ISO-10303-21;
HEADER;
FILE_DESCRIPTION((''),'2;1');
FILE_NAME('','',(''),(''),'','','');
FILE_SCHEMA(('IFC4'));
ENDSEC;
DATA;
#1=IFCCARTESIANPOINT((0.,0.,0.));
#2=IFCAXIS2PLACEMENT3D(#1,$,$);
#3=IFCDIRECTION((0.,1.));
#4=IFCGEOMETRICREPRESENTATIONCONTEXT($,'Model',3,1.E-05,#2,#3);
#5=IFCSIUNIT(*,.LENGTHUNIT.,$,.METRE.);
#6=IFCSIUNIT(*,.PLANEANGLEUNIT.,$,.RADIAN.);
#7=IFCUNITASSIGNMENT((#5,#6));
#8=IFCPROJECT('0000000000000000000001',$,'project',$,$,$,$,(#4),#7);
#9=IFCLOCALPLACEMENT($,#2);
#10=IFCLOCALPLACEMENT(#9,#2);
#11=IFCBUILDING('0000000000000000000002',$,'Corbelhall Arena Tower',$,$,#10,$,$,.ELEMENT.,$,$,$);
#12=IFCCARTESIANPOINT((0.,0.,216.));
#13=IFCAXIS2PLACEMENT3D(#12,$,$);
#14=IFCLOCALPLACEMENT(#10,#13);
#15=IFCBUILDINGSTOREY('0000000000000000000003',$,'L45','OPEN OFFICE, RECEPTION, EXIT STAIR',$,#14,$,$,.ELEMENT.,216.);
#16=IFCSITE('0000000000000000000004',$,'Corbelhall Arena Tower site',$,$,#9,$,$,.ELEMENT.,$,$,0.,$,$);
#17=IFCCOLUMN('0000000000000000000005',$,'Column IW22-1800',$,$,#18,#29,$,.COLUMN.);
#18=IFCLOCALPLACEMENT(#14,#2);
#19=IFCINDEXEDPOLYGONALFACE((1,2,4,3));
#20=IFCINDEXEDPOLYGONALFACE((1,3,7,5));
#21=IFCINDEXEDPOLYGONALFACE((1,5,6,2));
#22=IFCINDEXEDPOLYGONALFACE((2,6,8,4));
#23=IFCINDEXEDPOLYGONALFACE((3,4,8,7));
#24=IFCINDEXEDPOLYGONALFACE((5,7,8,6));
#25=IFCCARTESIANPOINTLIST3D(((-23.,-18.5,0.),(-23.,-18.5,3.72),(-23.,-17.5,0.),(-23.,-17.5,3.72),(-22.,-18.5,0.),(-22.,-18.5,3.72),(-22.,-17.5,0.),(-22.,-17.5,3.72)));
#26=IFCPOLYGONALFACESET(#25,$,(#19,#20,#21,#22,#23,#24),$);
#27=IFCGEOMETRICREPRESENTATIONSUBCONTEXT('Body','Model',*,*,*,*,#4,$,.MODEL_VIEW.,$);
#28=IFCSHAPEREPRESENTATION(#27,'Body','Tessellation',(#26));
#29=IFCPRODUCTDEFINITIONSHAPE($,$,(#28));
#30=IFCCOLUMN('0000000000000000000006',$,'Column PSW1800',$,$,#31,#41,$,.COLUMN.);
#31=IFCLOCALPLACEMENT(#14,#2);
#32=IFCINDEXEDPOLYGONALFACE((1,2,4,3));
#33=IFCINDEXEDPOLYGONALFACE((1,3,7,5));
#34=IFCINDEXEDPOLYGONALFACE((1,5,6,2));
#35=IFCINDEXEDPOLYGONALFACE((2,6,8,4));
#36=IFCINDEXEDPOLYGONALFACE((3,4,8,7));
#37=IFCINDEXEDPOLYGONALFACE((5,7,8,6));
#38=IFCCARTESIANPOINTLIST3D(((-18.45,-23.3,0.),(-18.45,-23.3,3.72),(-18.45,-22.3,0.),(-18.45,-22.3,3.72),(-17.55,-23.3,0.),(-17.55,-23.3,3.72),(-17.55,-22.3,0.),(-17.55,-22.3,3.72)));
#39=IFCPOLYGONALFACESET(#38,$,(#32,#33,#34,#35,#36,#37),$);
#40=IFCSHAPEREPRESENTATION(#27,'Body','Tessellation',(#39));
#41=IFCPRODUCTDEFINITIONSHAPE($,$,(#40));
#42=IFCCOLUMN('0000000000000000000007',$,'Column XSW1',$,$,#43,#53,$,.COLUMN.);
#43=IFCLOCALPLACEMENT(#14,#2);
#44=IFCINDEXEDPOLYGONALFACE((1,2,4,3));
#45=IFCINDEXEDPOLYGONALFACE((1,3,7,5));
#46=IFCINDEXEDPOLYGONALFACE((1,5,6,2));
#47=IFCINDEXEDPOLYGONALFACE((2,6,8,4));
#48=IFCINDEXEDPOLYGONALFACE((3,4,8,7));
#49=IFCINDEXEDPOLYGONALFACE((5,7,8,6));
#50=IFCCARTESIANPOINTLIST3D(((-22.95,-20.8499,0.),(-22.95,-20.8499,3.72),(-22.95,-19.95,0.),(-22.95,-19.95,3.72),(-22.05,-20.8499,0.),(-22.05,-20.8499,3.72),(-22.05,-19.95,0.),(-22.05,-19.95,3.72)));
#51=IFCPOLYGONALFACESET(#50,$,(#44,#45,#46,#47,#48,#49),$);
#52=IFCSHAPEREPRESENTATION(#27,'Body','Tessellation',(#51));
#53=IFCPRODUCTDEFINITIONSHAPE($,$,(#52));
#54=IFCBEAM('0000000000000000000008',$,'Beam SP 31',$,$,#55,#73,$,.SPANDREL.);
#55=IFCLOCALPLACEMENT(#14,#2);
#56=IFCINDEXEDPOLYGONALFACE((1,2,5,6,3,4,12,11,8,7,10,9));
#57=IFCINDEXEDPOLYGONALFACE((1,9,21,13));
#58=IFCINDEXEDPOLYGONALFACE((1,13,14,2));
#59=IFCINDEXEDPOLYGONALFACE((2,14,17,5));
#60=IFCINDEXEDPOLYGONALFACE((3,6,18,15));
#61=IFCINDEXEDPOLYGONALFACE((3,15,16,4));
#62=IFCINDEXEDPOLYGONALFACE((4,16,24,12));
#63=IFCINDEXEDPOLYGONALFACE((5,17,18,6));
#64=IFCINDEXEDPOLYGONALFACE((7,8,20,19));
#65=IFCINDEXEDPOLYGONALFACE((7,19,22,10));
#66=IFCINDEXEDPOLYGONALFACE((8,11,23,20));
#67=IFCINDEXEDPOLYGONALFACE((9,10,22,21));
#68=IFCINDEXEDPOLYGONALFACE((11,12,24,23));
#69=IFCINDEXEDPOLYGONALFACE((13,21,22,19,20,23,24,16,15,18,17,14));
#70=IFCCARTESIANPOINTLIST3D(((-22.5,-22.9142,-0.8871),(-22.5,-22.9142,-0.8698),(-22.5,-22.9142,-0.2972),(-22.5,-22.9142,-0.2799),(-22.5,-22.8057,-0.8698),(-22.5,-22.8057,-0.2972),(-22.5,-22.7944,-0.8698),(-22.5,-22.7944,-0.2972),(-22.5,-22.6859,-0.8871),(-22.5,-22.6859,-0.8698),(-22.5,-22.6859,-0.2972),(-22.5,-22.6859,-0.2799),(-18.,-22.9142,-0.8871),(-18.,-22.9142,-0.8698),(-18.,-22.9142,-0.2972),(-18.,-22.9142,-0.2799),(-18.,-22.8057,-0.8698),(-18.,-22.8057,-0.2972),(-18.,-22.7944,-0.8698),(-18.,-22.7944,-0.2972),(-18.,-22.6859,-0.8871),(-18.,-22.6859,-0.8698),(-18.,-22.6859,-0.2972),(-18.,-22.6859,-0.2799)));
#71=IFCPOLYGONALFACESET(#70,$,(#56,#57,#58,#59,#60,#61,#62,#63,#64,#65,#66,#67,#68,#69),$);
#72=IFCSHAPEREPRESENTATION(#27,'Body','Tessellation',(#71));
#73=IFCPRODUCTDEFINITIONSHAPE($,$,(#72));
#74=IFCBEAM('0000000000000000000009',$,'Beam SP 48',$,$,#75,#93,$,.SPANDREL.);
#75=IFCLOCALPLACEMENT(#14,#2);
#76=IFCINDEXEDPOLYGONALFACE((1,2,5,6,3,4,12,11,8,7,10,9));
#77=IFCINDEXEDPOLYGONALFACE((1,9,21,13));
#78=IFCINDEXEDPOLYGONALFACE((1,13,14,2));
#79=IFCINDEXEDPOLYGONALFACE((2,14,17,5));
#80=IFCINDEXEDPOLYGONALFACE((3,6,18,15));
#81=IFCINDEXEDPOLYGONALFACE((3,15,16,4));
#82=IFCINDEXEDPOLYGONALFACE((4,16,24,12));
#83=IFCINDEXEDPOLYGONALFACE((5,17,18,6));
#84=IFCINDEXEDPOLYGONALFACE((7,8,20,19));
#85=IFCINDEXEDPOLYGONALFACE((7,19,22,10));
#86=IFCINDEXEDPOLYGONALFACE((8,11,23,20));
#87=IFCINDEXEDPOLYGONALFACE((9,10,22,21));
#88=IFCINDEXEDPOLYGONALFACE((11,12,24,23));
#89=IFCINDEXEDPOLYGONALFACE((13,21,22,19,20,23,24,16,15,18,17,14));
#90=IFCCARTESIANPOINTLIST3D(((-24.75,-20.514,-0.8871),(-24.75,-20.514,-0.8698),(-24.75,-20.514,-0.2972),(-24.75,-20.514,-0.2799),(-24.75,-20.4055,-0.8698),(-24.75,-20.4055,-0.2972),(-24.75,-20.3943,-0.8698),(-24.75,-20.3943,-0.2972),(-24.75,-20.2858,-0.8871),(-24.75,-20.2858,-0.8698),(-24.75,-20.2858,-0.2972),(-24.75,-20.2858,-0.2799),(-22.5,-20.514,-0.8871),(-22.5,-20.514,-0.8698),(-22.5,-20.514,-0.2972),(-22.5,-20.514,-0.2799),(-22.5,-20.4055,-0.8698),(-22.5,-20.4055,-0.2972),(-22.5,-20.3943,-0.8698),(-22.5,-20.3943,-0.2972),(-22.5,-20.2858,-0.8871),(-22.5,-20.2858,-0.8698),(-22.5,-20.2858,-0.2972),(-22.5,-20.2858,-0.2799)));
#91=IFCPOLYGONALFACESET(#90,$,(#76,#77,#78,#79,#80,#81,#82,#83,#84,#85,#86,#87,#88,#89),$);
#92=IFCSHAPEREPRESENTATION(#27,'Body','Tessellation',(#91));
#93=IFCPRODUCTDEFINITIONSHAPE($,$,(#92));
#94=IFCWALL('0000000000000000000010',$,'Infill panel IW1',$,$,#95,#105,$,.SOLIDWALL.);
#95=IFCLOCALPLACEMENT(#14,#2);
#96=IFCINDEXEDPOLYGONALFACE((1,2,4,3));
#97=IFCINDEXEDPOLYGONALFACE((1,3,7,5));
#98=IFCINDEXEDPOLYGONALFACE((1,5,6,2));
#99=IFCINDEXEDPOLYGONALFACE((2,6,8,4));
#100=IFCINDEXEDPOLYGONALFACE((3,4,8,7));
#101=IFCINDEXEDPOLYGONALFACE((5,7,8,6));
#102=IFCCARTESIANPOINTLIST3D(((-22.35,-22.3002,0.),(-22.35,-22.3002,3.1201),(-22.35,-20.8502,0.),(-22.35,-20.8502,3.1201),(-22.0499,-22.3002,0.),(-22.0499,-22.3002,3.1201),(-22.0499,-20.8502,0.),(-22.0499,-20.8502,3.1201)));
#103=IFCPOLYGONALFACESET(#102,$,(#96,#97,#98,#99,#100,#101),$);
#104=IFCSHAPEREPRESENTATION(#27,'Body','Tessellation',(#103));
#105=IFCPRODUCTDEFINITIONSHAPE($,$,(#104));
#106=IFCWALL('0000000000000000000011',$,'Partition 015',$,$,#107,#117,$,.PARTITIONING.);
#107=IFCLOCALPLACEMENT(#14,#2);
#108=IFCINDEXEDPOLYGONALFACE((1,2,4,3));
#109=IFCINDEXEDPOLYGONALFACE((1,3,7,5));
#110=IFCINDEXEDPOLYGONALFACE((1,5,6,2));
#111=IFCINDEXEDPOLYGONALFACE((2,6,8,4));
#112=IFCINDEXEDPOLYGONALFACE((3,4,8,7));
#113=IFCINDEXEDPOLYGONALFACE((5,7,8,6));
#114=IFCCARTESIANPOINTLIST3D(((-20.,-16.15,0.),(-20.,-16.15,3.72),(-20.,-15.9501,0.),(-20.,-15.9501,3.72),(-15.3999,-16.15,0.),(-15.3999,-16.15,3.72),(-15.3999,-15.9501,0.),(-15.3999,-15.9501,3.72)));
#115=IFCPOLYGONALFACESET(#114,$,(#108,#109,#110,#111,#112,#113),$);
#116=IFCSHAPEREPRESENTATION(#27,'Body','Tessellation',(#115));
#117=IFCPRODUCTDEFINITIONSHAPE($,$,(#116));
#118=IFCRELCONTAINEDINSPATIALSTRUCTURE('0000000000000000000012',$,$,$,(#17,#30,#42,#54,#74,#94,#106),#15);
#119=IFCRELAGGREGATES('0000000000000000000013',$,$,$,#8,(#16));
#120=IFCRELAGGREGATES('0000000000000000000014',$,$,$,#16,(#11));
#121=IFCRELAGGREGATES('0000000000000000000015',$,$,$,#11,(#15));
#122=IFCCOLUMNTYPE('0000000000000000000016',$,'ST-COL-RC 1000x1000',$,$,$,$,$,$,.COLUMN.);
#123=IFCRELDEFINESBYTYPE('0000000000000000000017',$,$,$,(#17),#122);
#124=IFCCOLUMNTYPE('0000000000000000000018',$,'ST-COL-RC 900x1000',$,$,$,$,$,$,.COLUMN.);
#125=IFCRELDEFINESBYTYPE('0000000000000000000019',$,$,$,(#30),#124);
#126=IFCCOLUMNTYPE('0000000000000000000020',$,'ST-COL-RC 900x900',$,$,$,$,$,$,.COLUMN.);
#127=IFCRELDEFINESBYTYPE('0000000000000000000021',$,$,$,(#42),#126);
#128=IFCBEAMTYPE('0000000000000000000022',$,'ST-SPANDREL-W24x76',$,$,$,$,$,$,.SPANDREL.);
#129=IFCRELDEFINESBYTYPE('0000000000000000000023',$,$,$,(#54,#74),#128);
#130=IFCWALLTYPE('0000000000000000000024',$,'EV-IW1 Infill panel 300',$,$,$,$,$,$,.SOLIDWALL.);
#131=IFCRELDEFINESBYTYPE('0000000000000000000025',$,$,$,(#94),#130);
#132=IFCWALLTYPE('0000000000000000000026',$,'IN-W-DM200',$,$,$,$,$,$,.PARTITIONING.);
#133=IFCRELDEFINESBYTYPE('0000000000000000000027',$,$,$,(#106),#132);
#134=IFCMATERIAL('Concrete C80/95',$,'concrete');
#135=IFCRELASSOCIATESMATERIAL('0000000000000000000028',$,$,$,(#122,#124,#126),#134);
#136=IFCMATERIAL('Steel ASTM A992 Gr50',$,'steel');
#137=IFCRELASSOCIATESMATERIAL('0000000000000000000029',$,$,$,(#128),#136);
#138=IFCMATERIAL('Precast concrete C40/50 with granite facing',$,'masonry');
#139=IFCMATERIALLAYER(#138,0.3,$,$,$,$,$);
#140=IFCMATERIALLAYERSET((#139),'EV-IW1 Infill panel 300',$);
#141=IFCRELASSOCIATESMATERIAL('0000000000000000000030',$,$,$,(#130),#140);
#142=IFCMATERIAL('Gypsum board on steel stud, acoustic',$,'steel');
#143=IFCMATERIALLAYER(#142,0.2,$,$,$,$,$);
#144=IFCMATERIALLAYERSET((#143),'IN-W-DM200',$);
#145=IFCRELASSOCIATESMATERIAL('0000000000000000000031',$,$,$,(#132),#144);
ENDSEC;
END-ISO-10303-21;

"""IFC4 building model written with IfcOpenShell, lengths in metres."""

from ifc_helpers import new_model, si_unit, direction, frame, frame_2d, origin, origin_2d, place, context, subcontext, project, spatial, rectangle, i_section, extrude, material, layer, layer_set, material_profile, profile_set, type_object, element, save


model = new_model("IFC4")

# Units and contexts
model_context = context("Model", 3, precision=1e-05, world=origin(), true_north=direction((0.0, 1.0)))
body_context = subcontext(model_context, "Body", "Model", "MODEL_VIEW")
ifc_project = project(units=[si_unit("LENGTHUNIT", "METRE"), si_unit("PLANEANGLEUNIT", "RADIAN")], contexts=[model_context])

# Site, building, storey
site_placement = place(None, origin())
site = spatial("IfcSite", under=ifc_project, at=site_placement, Name="Corbelhall Arena Tower site", CompositionType="ELEMENT", RefElevation=0.0)
building_placement = place(site_placement, origin())
building = spatial("IfcBuilding", under=site, at=building_placement, Name="Corbelhall Arena Tower", CompositionType="ELEMENT")
storey_placement = place(building_placement, frame((0.0, 0.0, 216.0)))
storey = spatial("IfcBuildingStorey", under=building, at=storey_placement, Name="L45", Description="OPEN OFFICE, RECEPTION, EXIT STAIR", CompositionType="ELEMENT", Elevation=216.0)

# Columns
ifc_material_1 = material(Name="Concrete C80/95", Category="concrete")
ifc_material_profile_1 = material_profile(ifc_material_1, rectangle(XDim=1.0, YDim=1.0, at=origin_2d()))
ifc_profile_set_1 = profile_set([ifc_material_profile_1], Name="Concrete C80/95")
column_type_1 = type_object("IfcColumnType", Name="ST-COL-RC 1000x1000", PredefinedType="COLUMN", material=ifc_profile_set_1)
column_1_placement = place(storey_placement, frame((-22.5, -18.0, 0.0), z_axis=(0.0, 0.0, 1.0), x_axis=(1.0, 0.0, 0.0)))
element("IfcColumn", 1, at=column_1_placement, inside=storey, type_object=column_type_1, Name="Column IW22-1800", PredefinedType="COLUMN", context=body_context, shape_type="SweptSolid", body=[
    extrude(rectangle(XDim=1.0, YDim=1.0, at=origin_2d()), origin(), (0.0, 0.0, 1.0), 3.72),
])
ifc_material_profile_2 = material_profile(ifc_material_1, rectangle(XDim=0.8999, YDim=1.0, at=origin_2d()))
ifc_profile_set_2 = profile_set([ifc_material_profile_2], Name="Concrete C80/95")
column_type_2 = type_object("IfcColumnType", Name="ST-COL-RC 900x1000", PredefinedType="COLUMN", material=ifc_profile_set_2)
column_2_placement = place(storey_placement, frame((-18.0, -22.8, 0.0), z_axis=(0.0, 0.0, 1.0), x_axis=(1.0, 0.0, 0.0)))
element("IfcColumn", 2, at=column_2_placement, inside=storey, type_object=column_type_2, Name="Column PSW1800", PredefinedType="COLUMN", context=body_context, shape_type="SweptSolid", body=[
    extrude(rectangle(XDim=0.8999, YDim=1.0, at=origin_2d()), origin(), (0.0, 0.0, 1.0), 3.72),
])
ifc_material_profile_3 = material_profile(ifc_material_1, rectangle(XDim=0.8999, YDim=0.8999, at=origin_2d()))
ifc_profile_set_3 = profile_set([ifc_material_profile_3], Name="Concrete C80/95")
column_type_3 = type_object("IfcColumnType", Name="ST-COL-RC 900x900", PredefinedType="COLUMN", material=ifc_profile_set_3)
column_3_placement = place(storey_placement, frame((-22.5, -20.3999, 0.0), z_axis=(0.0, 0.0, 1.0), x_axis=(1.0, 0.0, 0.0)))
element("IfcColumn", 3, at=column_3_placement, inside=storey, type_object=column_type_3, Name="Column XSW1", PredefinedType="COLUMN", context=body_context, shape_type="SweptSolid", body=[
    extrude(rectangle(XDim=0.8999, YDim=0.8999, at=origin_2d()), origin(), (0.0, 0.0, 1.0), 3.72),
])

# Beams
ifc_material_2 = material(Name="Steel ASTM A992 Gr50", Category="steel")
ifc_material_profile_4 = material_profile(ifc_material_2, i_section(OverallWidth=0.2283, OverallDepth=0.6072, WebThickness=0.0112, FlangeThickness=0.0173, at=origin_2d()))
ifc_profile_set_4 = profile_set([ifc_material_profile_4], Name="Steel ASTM A992 Gr50")
beam_type = type_object("IfcBeamType", Name="ST-SPANDREL-W24x76", PredefinedType="SPANDREL", material=ifc_profile_set_4)
beam_1_placement = place(storey_placement, frame((-18.0, -22.8, -0.5835), z_axis=(-1.0, 0.0, 0.0), x_axis=(0.0, -1.0, 0.0)))
element("IfcBeam", 4, at=beam_1_placement, inside=storey, type_object=beam_type, Name="Beam SP 31", PredefinedType="SPANDREL", context=body_context, shape_type="SweptSolid", body=[
    extrude(i_section(OverallWidth=0.2283, OverallDepth=0.6072, WebThickness=0.0112, FlangeThickness=0.0173, at=origin_2d()), origin(), (0.0, 0.0, 1.0), 4.5),
])
beam_2_placement = place(storey_placement, frame((-22.5, -20.3999, -0.5835), z_axis=(-1.0, 0.0, 0.0), x_axis=(0.0, -1.0, 0.0)))
element("IfcBeam", 5, at=beam_2_placement, inside=storey, type_object=beam_type, Name="Beam SP 48", PredefinedType="SPANDREL", context=body_context, shape_type="SweptSolid", body=[
    extrude(i_section(OverallWidth=0.2283, OverallDepth=0.6072, WebThickness=0.0112, FlangeThickness=0.0173, at=origin_2d()), origin(), (0.0, 0.0, 1.0), 2.25),
])

# Wall
ifc_material_3 = material(Name="Precast concrete C40/50 with granite facing", Category="masonry")
ifc_layer_1 = layer(ifc_material_3, 0.3)
ifc_layer_set_1 = layer_set([ifc_layer_1], Name="EV-IW1 Infill panel 300")
wall_type_1 = type_object("IfcWallType", Name="EV-IW1 Infill panel 300", PredefinedType="SOLIDWALL", material=ifc_layer_set_1)
wall_1_placement = place(storey_placement, frame((-22.2, -20.8501, 0.0), z_axis=(0.0, 0.0, 1.0), x_axis=(0.0, -1.0, 0.0)))
element("IfcWall", 6, at=wall_1_placement, inside=storey, type_object=wall_type_1, Name="Infill panel IW1", PredefinedType="SOLIDWALL", context=body_context, shape_type="SweptSolid", body=[
    extrude(rectangle(XDim=1.45, YDim=0.3, at=frame_2d((0.7251, 0.0))), origin(), (0.0, 0.0, 1.0), 3.1201),
])

# Wall
ifc_material_4 = material(Name="Gypsum board on steel stud, acoustic", Category="steel")
ifc_layer_2 = layer(ifc_material_4, 0.2)
ifc_layer_set_2 = layer_set([ifc_layer_2], Name="IN-W-DM200")
wall_type_2 = type_object("IfcWallType", Name="IN-W-DM200", PredefinedType="PARTITIONING", material=ifc_layer_set_2)
wall_2_placement = place(storey_placement, frame((-20.0, -16.05, 0.0), z_axis=(0.0, 0.0, 1.0), x_axis=(1.0, 0.0, 0.0)))
element("IfcWall", 7, at=wall_2_placement, inside=storey, type_object=wall_type_2, Name="Partition 015", PredefinedType="PARTITIONING", context=body_context, shape_type="SweptSolid", body=[
    extrude(rectangle(XDim=4.6001, YDim=0.2, at=frame_2d((2.3, 0.0))), origin(), (0.0, 0.0, 1.0), 3.72),
])

save(model, "model.ifc")
